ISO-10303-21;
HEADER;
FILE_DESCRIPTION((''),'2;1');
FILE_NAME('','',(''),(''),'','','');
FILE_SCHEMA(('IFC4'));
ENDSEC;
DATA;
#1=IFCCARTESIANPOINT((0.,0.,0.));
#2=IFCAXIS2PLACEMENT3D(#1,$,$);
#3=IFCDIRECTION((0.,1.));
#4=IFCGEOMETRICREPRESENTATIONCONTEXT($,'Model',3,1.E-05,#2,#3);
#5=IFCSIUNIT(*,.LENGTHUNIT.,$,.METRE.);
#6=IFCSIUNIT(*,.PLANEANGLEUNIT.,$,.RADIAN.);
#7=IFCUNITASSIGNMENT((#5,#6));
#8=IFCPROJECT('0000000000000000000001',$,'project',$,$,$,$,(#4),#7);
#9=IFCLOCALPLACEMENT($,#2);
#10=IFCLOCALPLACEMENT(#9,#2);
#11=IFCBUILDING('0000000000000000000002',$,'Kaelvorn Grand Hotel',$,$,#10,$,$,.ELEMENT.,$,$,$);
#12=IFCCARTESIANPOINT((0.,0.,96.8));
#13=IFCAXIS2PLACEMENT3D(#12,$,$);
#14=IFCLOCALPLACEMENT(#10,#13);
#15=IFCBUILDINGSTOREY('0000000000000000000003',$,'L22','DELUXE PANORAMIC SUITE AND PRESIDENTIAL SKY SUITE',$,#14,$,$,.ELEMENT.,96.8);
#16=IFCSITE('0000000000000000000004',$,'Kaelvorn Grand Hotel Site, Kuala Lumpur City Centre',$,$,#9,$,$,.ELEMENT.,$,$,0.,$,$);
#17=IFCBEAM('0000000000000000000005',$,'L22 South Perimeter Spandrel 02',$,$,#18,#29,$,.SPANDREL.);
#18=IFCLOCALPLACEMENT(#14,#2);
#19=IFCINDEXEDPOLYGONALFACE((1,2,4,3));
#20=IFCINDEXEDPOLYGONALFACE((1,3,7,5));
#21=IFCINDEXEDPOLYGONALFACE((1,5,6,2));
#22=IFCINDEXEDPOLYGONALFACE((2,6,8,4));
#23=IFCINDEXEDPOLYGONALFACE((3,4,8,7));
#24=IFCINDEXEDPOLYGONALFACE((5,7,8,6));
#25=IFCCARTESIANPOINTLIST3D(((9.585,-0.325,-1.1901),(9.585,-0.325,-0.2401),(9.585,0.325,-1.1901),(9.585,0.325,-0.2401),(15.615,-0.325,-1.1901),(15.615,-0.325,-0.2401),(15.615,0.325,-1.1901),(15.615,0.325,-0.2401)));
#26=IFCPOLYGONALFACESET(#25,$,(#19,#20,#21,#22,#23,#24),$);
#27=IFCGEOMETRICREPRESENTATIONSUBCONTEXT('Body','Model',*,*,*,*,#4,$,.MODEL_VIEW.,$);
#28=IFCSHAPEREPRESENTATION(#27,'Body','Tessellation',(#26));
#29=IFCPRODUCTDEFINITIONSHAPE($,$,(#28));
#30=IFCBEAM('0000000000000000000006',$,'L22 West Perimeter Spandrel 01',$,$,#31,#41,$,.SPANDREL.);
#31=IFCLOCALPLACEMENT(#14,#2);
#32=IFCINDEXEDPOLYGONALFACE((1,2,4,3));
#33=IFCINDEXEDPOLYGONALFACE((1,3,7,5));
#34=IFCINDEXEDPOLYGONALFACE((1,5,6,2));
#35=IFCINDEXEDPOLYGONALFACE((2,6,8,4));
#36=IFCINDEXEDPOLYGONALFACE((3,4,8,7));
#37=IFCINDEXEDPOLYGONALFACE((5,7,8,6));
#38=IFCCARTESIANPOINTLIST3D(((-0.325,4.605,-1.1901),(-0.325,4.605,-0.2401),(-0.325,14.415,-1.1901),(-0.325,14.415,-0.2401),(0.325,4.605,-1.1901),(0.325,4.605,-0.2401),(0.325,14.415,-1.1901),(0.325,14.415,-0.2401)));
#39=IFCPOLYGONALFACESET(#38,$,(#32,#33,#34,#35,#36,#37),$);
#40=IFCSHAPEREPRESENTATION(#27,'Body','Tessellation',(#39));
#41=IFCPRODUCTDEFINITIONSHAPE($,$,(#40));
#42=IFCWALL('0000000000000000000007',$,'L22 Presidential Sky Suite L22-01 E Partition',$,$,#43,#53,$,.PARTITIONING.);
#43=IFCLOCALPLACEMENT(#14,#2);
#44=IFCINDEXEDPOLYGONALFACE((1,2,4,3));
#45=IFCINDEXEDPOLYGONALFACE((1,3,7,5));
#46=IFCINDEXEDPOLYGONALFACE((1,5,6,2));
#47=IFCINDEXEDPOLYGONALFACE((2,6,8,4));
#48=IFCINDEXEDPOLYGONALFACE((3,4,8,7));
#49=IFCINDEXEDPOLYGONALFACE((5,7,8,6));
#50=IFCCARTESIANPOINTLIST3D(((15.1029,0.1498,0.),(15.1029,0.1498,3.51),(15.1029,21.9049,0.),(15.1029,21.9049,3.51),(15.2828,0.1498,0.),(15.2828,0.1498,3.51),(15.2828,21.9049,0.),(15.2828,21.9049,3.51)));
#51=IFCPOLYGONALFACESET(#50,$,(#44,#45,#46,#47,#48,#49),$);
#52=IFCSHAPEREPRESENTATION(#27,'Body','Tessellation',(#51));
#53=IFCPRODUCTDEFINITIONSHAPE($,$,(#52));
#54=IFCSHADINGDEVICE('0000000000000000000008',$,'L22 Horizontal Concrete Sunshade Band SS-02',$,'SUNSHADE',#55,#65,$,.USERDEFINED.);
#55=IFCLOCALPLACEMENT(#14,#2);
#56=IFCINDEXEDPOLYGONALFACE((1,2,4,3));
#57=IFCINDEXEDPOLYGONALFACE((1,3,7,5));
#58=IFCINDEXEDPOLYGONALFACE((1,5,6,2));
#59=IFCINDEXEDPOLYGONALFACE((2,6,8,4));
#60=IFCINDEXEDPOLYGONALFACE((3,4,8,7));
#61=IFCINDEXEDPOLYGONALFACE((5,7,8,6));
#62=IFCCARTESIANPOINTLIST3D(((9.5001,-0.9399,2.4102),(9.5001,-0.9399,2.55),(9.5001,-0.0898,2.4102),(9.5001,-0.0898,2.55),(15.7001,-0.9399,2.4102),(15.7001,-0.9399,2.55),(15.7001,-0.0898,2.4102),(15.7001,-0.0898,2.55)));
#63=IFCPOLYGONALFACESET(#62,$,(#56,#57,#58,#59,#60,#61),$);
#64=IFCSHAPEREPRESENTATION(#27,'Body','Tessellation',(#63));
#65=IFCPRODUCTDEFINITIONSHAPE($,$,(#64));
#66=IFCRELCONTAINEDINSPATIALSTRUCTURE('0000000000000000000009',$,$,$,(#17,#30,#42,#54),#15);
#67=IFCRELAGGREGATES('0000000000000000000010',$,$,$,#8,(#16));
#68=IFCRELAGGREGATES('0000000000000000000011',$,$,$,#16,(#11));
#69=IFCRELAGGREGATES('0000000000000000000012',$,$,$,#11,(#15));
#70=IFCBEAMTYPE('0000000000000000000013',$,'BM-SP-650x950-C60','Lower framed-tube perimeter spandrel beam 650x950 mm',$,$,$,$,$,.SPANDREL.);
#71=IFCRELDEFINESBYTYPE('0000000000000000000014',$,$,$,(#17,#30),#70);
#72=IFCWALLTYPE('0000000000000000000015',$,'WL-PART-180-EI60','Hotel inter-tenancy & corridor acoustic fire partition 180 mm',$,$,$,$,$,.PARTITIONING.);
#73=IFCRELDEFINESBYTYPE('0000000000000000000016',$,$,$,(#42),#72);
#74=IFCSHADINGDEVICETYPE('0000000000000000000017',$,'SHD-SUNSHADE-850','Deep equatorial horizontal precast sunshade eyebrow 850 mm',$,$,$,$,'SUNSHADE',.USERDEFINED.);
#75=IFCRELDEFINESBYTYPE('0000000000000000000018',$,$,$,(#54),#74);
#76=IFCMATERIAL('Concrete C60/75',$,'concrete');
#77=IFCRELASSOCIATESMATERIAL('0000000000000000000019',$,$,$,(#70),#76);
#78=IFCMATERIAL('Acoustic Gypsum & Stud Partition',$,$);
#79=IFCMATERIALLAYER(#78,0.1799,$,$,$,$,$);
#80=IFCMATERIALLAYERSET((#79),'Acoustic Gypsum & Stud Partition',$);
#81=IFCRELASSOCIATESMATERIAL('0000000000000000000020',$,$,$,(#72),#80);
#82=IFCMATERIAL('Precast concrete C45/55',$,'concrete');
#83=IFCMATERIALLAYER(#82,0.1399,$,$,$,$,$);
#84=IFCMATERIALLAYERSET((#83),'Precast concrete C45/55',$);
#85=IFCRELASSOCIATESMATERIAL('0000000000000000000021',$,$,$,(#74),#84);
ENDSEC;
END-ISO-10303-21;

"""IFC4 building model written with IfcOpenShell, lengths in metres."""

from ifc_helpers import new_model, si_unit, direction, frame, frame_2d, origin, origin_2d, place, context, subcontext, project, spatial, rectangle, extrude, material, layer, layer_set, material_profile, profile_set, type_object, element, save


model = new_model("IFC4")

# Units and contexts
model_context = context("Model", 3, precision=1e-05, world=origin(), true_north=direction((0.0, 1.0)))
body_context = subcontext(model_context, "Body", "Model", "MODEL_VIEW")
ifc_project = project(units=[si_unit("LENGTHUNIT", "METRE"), si_unit("PLANEANGLEUNIT", "RADIAN")], contexts=[model_context])

# Site, building, storey
site_placement = place(None, origin())
site = spatial("IfcSite", under=ifc_project, at=site_placement, Name="Kaelvorn Grand Hotel Site, Kuala Lumpur City Centre", CompositionType="ELEMENT", RefElevation=0.0)
building_placement = place(site_placement, origin())
building = spatial("IfcBuilding", under=site, at=building_placement, Name="Kaelvorn Grand Hotel", CompositionType="ELEMENT")
storey_placement = place(building_placement, frame((0.0, 0.0, 96.8)))
storey = spatial("IfcBuildingStorey", under=building, at=storey_placement, Name="L22", Description="DELUXE PANORAMIC SUITE AND PRESIDENTIAL SKY SUITE", CompositionType="ELEMENT", Elevation=96.8)

# Shared definitions
ifc_material_1 = material(Name="Concrete C60/75", Category="concrete")

# Beams
ifc_material_profile_1 = material_profile(ifc_material_1, rectangle(XDim=0.6499, YDim=0.95, at=origin_2d()), Name="RC SPANDREL 650x950")
ifc_profile_set_1 = profile_set([ifc_material_profile_1], Name="Concrete C60/75")
beam_type_1 = type_object("IfcBeamType", Name="BM-SP-650x950-C60", Description="Lower framed-tube perimeter spandrel beam 650x950 mm", PredefinedType="SPANDREL", material=ifc_profile_set_1)
beam_1_placement = place(storey_placement, frame((9.585, 0.0, -0.7151), z_axis=(1.0, 0.0, 0.0), x_axis=(0.0, 1.0, 0.0)))
element("IfcBeam", 1, at=beam_1_placement, inside=storey, type_object=beam_type_1, Name="L22 South Perimeter Spandrel 02", PredefinedType="SPANDREL", context=body_context, shape_type="SweptSolid", body=[
    extrude(rectangle(XDim=0.6499, YDim=0.95, at=origin_2d()), origin(), (0.0, 0.0, 1.0), 6.03),
])
beam_2_placement = place(storey_placement, frame((0.0, 4.605, -0.7151), z_axis=(0.0, 1.0, 0.0), x_axis=(-1.0, 0.0, 0.0)))
element("IfcBeam", 2, at=beam_2_placement, inside=storey, type_object=beam_type_1, Name="L22 West Perimeter Spandrel 01", PredefinedType="SPANDREL", context=body_context, shape_type="SweptSolid", body=[
    extrude(rectangle(XDim=0.6499, YDim=0.95, at=origin_2d()), origin(), (0.0, 0.0, 1.0), 9.8101),
])

# Wall
ifc_material_2 = material(Name="Acoustic Gypsum & Stud Partition")
ifc_layer_1 = layer(ifc_material_2, 0.1799)
ifc_layer_set_1 = layer_set([ifc_layer_1], Name="Acoustic Gypsum & Stud Partition")
wall_type_1 = type_object("IfcWallType", Name="WL-PART-180-EI60", Description="Hotel inter-tenancy & corridor acoustic fire partition 180 mm", PredefinedType="PARTITIONING", material=ifc_layer_set_1)
wall_1_placement = place(storey_placement, frame((15.1929, 0.1499, 0.0), z_axis=(0.0, 0.0, 1.0), x_axis=(0.0, 1.0, 0.0)))
element("IfcWall", 3, at=wall_1_placement, inside=storey, type_object=wall_type_1, Name="L22 Presidential Sky Suite L22-01 E Partition", PredefinedType="PARTITIONING", context=body_context, shape_type="SweptSolid", body=[
    extrude(rectangle(XDim=21.7551, YDim=0.1799, at=frame_2d((10.8774, 0.0))), origin(), (0.0, 0.0, 1.0), 3.51),
])

# Shading device
ifc_material_3 = material(Name="Precast concrete C45/55", Category="concrete")
ifc_layer_2 = layer(ifc_material_3, 0.1399)
ifc_layer_set_2 = layer_set([ifc_layer_2], Name="Precast concrete C45/55")
shading_device_type = type_object("IfcShadingDeviceType", Name="SHD-SUNSHADE-850", Description="Deep equatorial horizontal precast sunshade eyebrow 850 mm", ElementType="SUNSHADE", PredefinedType="USERDEFINED", material=ifc_layer_set_2)
shading_device_placement = place(storey_placement, frame((12.6001, -0.5149, 2.4102), z_axis=(0.0, 0.0, 1.0), x_axis=(1.0, 0.0, 0.0)))
element("IfcShadingDevice", 4, at=shading_device_placement, inside=storey, type_object=shading_device_type, Name="L22 Horizontal Concrete Sunshade Band SS-02", ObjectType="SUNSHADE", PredefinedType="USERDEFINED", context=body_context, shape_type="SweptSolid", body=[
    extrude(rectangle(XDim=6.2, YDim=0.8501, at=origin_2d()), origin(), (0.0, 0.0, 1.0), 0.1399),
])

save(model, "model.ifc")
